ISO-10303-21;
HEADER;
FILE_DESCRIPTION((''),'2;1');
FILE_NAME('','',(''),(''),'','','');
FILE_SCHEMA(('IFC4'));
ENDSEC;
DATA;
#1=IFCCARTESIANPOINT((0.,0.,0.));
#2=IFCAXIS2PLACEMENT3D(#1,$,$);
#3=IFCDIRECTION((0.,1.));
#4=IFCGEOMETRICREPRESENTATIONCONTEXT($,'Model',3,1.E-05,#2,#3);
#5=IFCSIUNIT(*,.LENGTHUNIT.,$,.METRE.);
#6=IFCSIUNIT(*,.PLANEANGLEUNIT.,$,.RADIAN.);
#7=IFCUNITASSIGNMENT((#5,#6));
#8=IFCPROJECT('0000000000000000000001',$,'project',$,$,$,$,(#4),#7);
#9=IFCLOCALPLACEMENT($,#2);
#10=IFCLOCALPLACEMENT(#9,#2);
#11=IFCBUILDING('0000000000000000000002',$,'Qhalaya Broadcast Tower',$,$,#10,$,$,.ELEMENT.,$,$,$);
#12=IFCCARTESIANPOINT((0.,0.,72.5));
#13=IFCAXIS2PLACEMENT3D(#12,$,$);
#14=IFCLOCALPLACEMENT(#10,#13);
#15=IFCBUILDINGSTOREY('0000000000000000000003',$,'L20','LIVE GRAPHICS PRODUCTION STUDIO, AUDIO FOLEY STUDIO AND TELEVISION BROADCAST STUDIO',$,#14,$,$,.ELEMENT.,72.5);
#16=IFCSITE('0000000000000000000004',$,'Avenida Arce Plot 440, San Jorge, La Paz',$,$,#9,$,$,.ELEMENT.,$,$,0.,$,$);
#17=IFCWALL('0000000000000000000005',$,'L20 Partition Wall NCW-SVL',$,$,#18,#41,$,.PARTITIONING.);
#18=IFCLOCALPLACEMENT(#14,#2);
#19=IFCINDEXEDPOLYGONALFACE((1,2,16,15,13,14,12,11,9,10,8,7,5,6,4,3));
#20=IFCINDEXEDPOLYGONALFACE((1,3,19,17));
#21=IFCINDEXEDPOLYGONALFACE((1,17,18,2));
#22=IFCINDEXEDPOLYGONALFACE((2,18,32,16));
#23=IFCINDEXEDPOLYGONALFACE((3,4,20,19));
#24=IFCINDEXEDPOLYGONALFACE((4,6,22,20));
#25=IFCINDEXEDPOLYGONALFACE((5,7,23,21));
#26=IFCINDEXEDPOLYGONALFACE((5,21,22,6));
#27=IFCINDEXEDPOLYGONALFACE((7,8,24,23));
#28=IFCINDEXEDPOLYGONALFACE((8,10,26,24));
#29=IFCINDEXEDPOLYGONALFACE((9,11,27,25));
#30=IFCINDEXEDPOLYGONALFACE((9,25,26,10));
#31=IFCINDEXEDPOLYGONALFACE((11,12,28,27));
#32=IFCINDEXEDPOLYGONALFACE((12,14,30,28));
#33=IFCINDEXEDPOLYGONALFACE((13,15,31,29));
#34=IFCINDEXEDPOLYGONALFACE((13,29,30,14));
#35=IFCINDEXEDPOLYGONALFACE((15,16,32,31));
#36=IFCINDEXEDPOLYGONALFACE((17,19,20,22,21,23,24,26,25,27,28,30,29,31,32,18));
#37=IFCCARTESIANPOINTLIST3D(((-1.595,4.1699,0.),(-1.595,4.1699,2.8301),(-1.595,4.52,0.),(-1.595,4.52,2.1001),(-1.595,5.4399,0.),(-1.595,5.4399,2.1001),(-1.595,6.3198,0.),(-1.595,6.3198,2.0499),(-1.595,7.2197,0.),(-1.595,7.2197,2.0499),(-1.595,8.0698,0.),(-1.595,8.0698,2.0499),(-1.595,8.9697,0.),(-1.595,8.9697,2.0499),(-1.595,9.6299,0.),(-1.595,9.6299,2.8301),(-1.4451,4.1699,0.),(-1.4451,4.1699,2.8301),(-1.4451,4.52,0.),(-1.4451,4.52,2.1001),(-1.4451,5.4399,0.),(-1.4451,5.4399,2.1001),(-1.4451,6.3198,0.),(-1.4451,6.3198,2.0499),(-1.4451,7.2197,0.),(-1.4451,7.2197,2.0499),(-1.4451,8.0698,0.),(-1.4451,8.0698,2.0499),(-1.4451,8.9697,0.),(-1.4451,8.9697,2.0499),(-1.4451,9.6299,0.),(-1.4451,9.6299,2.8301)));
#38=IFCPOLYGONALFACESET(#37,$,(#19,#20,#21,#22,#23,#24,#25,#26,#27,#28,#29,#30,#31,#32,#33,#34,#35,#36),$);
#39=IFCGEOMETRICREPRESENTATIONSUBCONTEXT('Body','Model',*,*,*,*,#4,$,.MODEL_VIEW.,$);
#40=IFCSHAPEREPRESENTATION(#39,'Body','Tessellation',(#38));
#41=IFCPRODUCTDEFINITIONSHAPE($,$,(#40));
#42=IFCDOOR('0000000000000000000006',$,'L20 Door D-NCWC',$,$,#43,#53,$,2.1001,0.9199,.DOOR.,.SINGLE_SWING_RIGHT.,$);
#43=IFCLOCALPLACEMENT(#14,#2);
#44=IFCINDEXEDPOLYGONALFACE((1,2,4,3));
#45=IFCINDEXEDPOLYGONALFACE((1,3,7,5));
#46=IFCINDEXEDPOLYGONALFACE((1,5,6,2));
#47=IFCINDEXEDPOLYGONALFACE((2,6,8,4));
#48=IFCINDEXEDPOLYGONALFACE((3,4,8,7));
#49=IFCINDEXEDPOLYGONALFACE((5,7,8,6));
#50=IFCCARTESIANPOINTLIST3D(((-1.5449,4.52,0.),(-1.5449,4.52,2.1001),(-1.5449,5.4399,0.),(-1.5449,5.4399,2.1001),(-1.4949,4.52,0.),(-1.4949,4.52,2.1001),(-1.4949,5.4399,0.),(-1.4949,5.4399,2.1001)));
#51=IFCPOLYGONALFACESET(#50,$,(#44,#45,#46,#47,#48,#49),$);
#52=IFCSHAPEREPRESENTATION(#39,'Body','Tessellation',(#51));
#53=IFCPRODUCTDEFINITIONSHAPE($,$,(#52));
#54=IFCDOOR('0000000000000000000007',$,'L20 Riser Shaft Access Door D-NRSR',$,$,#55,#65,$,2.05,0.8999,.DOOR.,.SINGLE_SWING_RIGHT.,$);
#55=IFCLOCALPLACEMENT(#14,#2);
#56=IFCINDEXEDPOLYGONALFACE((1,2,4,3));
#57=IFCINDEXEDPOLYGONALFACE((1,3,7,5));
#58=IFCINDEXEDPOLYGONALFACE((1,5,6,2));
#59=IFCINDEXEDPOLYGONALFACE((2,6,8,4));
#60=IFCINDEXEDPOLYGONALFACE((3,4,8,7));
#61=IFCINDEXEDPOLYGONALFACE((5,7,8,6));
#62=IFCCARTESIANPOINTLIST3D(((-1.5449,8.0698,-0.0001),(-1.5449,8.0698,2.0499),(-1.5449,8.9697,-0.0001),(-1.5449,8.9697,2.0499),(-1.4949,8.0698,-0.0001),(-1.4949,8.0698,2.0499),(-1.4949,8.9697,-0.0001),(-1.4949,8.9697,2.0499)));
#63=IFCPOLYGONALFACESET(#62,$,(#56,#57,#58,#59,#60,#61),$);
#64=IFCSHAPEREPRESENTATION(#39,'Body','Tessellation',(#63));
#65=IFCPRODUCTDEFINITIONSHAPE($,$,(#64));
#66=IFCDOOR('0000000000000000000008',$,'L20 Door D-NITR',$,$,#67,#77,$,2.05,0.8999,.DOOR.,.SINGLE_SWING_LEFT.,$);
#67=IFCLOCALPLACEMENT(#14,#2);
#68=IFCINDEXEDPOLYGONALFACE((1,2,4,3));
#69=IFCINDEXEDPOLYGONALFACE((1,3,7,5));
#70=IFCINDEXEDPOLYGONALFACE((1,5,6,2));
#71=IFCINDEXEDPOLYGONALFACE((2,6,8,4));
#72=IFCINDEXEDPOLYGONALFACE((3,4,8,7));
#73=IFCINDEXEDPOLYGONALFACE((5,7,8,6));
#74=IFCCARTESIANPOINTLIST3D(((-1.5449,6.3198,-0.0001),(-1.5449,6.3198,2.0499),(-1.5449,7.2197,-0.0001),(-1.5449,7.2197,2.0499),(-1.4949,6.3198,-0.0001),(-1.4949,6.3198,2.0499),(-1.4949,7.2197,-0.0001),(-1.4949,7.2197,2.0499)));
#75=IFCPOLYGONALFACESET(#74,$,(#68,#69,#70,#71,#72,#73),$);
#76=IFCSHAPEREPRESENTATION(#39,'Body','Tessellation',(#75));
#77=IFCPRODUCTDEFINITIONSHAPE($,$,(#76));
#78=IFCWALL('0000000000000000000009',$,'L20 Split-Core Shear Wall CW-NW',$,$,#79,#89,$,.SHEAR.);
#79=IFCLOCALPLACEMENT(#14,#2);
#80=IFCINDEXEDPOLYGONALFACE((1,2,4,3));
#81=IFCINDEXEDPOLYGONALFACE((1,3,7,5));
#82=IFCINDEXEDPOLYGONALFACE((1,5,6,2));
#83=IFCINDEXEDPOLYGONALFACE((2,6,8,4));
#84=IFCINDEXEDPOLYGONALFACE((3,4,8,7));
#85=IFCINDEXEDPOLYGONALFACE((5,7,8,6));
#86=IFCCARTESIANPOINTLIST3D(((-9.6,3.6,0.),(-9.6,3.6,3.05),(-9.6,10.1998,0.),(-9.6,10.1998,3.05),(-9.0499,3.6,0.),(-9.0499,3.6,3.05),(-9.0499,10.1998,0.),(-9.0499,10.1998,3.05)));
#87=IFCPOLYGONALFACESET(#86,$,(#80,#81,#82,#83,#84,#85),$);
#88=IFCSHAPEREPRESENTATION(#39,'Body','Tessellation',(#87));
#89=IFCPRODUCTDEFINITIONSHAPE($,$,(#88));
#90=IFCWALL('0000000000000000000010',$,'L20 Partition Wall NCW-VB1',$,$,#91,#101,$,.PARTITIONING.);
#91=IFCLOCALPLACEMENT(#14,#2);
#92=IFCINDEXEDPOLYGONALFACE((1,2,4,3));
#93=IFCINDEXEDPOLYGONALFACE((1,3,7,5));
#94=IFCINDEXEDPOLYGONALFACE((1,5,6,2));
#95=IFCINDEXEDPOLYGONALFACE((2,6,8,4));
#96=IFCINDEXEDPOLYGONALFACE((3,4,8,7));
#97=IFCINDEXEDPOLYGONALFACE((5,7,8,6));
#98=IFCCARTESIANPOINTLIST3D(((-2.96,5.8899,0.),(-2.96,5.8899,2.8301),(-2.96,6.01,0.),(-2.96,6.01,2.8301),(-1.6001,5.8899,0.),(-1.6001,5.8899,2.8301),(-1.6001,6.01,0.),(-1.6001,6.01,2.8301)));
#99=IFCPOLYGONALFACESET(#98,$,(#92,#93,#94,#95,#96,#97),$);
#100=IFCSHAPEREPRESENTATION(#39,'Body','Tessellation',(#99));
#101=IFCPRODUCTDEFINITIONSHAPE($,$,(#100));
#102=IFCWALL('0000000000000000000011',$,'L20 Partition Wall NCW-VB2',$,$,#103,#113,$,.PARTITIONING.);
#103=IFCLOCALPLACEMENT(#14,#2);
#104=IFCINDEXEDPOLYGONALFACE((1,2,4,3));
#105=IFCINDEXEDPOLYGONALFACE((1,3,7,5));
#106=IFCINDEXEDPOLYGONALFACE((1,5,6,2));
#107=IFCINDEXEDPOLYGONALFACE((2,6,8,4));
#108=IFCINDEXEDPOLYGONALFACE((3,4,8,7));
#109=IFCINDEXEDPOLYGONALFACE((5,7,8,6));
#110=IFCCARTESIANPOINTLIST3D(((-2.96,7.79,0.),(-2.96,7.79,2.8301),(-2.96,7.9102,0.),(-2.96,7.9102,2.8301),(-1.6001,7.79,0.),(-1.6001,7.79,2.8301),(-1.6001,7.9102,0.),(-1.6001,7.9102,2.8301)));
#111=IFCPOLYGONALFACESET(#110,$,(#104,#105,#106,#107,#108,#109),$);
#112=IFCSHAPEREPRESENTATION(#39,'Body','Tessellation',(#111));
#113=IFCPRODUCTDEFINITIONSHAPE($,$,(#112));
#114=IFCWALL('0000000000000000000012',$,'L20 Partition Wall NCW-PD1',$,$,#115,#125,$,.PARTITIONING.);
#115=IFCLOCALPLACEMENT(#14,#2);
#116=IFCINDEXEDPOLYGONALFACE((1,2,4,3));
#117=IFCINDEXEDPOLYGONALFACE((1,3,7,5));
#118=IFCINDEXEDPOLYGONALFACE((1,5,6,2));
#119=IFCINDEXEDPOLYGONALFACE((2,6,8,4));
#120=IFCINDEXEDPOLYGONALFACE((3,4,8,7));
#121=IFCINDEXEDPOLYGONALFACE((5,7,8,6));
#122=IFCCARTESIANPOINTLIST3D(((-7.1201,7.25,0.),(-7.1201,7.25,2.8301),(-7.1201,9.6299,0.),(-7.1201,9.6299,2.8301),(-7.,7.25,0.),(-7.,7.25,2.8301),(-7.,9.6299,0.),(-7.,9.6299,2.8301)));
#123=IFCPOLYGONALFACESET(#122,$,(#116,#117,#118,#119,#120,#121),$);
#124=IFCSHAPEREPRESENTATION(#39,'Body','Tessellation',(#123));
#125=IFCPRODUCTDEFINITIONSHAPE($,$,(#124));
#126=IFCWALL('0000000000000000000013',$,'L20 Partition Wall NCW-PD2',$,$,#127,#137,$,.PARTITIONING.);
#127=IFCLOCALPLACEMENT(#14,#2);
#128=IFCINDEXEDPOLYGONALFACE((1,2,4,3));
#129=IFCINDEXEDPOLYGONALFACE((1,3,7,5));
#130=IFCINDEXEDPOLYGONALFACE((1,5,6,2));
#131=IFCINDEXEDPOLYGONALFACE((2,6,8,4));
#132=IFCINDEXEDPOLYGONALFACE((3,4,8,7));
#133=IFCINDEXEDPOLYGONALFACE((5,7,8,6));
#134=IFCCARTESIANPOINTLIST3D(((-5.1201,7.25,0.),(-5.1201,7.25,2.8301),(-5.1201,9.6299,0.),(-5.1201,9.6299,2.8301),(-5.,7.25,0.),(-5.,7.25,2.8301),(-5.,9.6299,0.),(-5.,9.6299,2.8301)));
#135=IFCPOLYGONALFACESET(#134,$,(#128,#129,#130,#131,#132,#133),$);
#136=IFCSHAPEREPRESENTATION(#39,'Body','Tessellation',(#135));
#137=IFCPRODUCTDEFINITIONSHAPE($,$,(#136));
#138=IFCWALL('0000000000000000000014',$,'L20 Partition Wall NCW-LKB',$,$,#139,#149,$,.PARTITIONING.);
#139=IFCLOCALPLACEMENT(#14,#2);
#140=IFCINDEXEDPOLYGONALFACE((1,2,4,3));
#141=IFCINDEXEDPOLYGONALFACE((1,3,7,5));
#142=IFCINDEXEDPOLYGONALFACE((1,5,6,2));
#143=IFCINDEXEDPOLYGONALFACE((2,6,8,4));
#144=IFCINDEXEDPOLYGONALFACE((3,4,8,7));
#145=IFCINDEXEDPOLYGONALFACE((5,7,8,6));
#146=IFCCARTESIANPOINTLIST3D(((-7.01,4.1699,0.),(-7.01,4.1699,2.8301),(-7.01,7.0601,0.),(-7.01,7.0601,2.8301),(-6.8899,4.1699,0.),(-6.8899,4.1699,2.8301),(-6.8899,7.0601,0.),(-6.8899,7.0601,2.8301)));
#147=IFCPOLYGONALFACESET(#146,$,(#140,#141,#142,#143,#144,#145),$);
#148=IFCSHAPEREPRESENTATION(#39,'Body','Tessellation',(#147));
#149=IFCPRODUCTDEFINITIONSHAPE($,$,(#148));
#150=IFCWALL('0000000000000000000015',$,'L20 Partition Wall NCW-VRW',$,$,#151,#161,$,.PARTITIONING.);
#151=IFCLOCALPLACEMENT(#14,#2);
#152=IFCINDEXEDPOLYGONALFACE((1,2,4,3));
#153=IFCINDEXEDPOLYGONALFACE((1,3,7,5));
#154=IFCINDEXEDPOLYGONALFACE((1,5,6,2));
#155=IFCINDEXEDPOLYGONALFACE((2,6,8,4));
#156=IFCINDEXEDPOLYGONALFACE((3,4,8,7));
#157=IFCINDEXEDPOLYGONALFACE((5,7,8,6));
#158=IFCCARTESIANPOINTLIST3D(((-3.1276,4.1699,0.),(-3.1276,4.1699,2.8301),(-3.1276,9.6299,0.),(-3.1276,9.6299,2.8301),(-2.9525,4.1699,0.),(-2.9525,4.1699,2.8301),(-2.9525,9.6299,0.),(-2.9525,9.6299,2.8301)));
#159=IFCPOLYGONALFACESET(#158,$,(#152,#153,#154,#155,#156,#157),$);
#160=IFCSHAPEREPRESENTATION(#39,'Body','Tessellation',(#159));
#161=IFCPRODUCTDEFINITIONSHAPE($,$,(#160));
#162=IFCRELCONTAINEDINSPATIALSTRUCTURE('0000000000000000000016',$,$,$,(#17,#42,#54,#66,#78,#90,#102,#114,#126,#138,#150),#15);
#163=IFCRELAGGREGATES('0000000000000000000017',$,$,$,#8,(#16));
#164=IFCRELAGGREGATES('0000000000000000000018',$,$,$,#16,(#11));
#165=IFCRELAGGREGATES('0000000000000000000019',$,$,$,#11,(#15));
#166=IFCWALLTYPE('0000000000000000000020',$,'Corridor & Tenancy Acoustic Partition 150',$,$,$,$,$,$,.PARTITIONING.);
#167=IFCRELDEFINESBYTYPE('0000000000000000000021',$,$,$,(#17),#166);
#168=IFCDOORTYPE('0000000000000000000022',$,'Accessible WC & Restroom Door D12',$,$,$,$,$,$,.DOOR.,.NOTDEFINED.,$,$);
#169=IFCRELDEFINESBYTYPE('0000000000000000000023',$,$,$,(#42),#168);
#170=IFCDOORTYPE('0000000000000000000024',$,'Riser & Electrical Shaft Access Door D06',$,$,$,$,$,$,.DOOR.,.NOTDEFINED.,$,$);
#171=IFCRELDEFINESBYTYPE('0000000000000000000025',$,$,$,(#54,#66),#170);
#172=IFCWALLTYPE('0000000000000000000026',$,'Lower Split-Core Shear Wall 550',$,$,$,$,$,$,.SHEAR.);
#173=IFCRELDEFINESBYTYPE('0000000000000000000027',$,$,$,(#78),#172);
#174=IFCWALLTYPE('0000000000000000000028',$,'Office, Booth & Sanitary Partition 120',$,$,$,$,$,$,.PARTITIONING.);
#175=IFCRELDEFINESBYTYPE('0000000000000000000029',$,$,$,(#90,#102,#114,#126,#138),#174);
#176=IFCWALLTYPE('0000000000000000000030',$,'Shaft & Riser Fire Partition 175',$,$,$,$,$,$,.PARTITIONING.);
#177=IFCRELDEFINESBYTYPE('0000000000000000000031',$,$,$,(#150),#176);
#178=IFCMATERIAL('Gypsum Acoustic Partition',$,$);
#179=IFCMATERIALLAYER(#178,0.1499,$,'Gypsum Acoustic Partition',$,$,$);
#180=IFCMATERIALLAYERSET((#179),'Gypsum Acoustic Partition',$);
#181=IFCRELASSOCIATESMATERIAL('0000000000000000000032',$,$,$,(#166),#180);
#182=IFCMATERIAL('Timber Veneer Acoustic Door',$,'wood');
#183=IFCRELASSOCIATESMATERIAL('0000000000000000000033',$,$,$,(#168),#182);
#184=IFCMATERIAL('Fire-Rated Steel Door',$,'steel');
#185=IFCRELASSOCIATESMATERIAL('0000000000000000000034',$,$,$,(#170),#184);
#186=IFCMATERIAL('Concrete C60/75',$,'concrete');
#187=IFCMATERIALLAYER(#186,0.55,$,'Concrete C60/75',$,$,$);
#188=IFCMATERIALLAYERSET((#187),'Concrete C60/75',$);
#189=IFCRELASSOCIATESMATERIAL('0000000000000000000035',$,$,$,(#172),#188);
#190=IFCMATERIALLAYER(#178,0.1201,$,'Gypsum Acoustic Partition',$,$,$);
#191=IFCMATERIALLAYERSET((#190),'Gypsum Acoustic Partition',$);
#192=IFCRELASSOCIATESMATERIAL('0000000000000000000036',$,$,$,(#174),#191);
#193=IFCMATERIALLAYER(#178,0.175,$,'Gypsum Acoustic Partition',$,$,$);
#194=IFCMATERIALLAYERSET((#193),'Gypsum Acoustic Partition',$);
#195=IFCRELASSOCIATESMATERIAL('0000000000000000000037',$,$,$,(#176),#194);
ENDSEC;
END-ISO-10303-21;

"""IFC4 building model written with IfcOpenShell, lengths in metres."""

from ifc_helpers import new_model, si_unit, direction, frame, frame_2d, origin, place, context, subcontext, project, spatial, rectangle, extrude, material, layer, layer_set, type_object, element, fill, save


model = new_model("IFC4")

# Units and contexts
model_context = context("Model", 3, precision=1e-05, world=origin(), true_north=direction((0.0, 1.0)))
body_context = subcontext(model_context, "Body", "Model", "MODEL_VIEW")
ifc_project = project(units=[si_unit("LENGTHUNIT", "METRE"), si_unit("PLANEANGLEUNIT", "RADIAN")], contexts=[model_context])

# Site, building, storey
site_placement = place(None, origin())
site = spatial("IfcSite", under=ifc_project, at=site_placement, Name="Avenida Arce Plot 440, San Jorge, La Paz", CompositionType="ELEMENT", RefElevation=0.0)
building_placement = place(site_placement, origin())
building = spatial("IfcBuilding", under=site, at=building_placement, Name="Qhalaya Broadcast Tower", CompositionType="ELEMENT")
storey_placement = place(building_placement, frame((0.0, 0.0, 72.5)))
storey = spatial("IfcBuildingStorey", under=building, at=storey_placement, Name="L20", Description="LIVE GRAPHICS PRODUCTION STUDIO, AUDIO FOLEY STUDIO AND TELEVISION BROADCAST STUDIO", CompositionType="ELEMENT", Elevation=72.5)

# Wall, openings, doors
ifc_material_1 = material(Name="Gypsum Acoustic Partition")
ifc_layer_1 = layer(ifc_material_1, 0.1499, Name="Gypsum Acoustic Partition")
ifc_layer_set_1 = layer_set([ifc_layer_1], Name="Gypsum Acoustic Partition")
wall_type_1 = type_object("IfcWallType", Name="Corridor & Tenancy Acoustic Partition 150", PredefinedType="PARTITIONING", material=ifc_layer_set_1)
wall_1_placement = place(storey_placement, frame((-1.52, 4.1699, 0.0), z_axis=(0.0, 0.0, 1.0), x_axis=(0.0, 1.0, 0.0)))
wall_1 = element("IfcWall", 1, at=wall_1_placement, inside=storey, type_object=wall_type_1, Name="L20 Partition Wall NCW-SVL", PredefinedType="PARTITIONING", context=body_context, shape_type="SweptSolid", body=[
    extrude(rectangle(XDim=5.46, YDim=0.1499, at=frame_2d((2.73, 0.0))), origin(), (0.0, 0.0, 1.0), 2.8301),
])
opening_1_placement = place(wall_1_placement, frame((3.8999, 0.0, 0.0)))
opening_1 = element("IfcOpeningElement", 2, at=opening_1_placement, cuts=wall_1, PredefinedType="OPENING", context=body_context, shape_type="SweptSolid", body=[
    extrude(rectangle(XDim=0.8999, YDim=2.05, at=frame_2d((0.45, 1.0249))), frame((0.0, 0.0869, 0.0), z_axis=(0.0, -1.0, 0.0), x_axis=(1.0, 0.0, 0.0)), (0.0, 0.0, 1.0), 0.1738),
])
opening_2_placement = place(wall_1_placement, frame((2.1499, 0.0, 0.0)))
opening_2 = element("IfcOpeningElement", 3, at=opening_2_placement, cuts=wall_1, PredefinedType="OPENING", context=body_context, shape_type="SweptSolid", body=[
    extrude(rectangle(XDim=0.8999, YDim=2.05, at=frame_2d((0.45, 1.0249))), frame((0.0, 0.0869, 0.0), z_axis=(0.0, -1.0, 0.0), x_axis=(1.0, 0.0, 0.0)), (0.0, 0.0, 1.0), 0.1738),
])
opening_3_placement = place(wall_1_placement, frame((0.3501, 0.0, 0.0)))
opening_3 = element("IfcOpeningElement", 4, at=opening_3_placement, cuts=wall_1, PredefinedType="OPENING", context=body_context, shape_type="SweptSolid", body=[
    extrude(rectangle(XDim=0.9199, YDim=2.1001, at=frame_2d((0.46, 1.05))), frame((0.0, 0.0869, 0.0), z_axis=(0.0, -1.0, 0.0), x_axis=(1.0, 0.0, 0.0)), (0.0, 0.0, 1.0), 0.1738),
])
ifc_material_2 = material(Name="Timber Veneer Acoustic Door", Category="wood")
door_type_1 = type_object("IfcDoorType", Name="Accessible WC & Restroom Door D12", OperationType="NOTDEFINED", PredefinedType="DOOR", material=ifc_material_2)
door_1_placement = place(opening_3_placement, origin())
door_1 = element("IfcDoor", 5, at=door_1_placement, inside=storey, type_object=door_type_1, Name="L20 Door D-NCWC", OperationType="SINGLE_SWING_RIGHT", OverallHeight=2.1001, OverallWidth=0.9199, PredefinedType="DOOR", context=body_context, shape_type="SweptSolid", body=[
    extrude(rectangle(XDim=0.9199, YDim=2.1001, at=frame_2d((0.46, 1.05))), frame((0.0, 0.0249, 0.0), z_axis=(0.0, -1.0, 0.0), x_axis=(1.0, 0.0, 0.0)), (0.0, 0.0, 1.0), 0.05),
])
fill(opening_3, door_1)
ifc_material_3 = material(Name="Fire-Rated Steel Door", Category="steel")
door_type_2 = type_object("IfcDoorType", Name="Riser & Electrical Shaft Access Door D06", OperationType="NOTDEFINED", PredefinedType="DOOR", material=ifc_material_3)
door_2_placement = place(opening_1_placement, origin())
door_2 = element("IfcDoor", 6, at=door_2_placement, inside=storey, type_object=door_type_2, Name="L20 Riser Shaft Access Door D-NRSR", OperationType="SINGLE_SWING_RIGHT", OverallHeight=2.05, OverallWidth=0.8999, PredefinedType="DOOR", context=body_context, shape_type="SweptSolid", body=[
    extrude(rectangle(XDim=0.8999, YDim=2.05, at=frame_2d((0.45, 1.0249))), frame((0.0, 0.0249, 0.0), z_axis=(0.0, -1.0, 0.0), x_axis=(1.0, 0.0, 0.0)), (0.0, 0.0, 1.0), 0.05),
])
fill(opening_1, door_2)
door_3_placement = place(opening_2_placement, origin())
door_3 = element("IfcDoor", 7, at=door_3_placement, inside=storey, type_object=door_type_2, Name="L20 Door D-NITR", OperationType="SINGLE_SWING_LEFT", OverallHeight=2.05, OverallWidth=0.8999, PredefinedType="DOOR", context=body_context, shape_type="SweptSolid", body=[
    extrude(rectangle(XDim=0.8999, YDim=2.05, at=frame_2d((0.45, 1.0249))), frame((0.0, 0.0249, 0.0), z_axis=(0.0, -1.0, 0.0), x_axis=(1.0, 0.0, 0.0)), (0.0, 0.0, 1.0), 0.05),
])
fill(opening_2, door_3)

# Walls
ifc_material_4 = material(Name="Concrete C60/75", Category="concrete")
ifc_layer_2 = layer(ifc_material_4, 0.55, Name="Concrete C60/75")
ifc_layer_set_2 = layer_set([ifc_layer_2], Name="Concrete C60/75")
wall_type_2 = type_object("IfcWallType", Name="Lower Split-Core Shear Wall 550", PredefinedType="SHEAR", material=ifc_layer_set_2)
wall_2_placement = place(storey_placement, frame((-9.325, 3.6001, 0.0), z_axis=(0.0, 0.0, 1.0), x_axis=(0.0, 1.0, 0.0)))
element("IfcWall", 8, at=wall_2_placement, inside=storey, type_object=wall_type_2, Name="L20 Split-Core Shear Wall CW-NW", PredefinedType="SHEAR", context=body_context, shape_type="SweptSolid", body=[
    extrude(rectangle(XDim=6.5999, YDim=0.55, at=frame_2d((3.2998, 0.0))), origin(), (0.0, 0.0, 1.0), 3.05),
])
ifc_layer_3 = layer(ifc_material_1, 0.1201, Name="Gypsum Acoustic Partition")
ifc_layer_set_3 = layer_set([ifc_layer_3], Name="Gypsum Acoustic Partition")
wall_type_3 = type_object("IfcWallType", Name="Office, Booth & Sanitary Partition 120", PredefinedType="PARTITIONING", material=ifc_layer_set_3)
for number, where, z_axis, x_axis, name in (
    (9, (-2.96, 5.95, 0.0), (0.0, 0.0, 1.0), (1.0, 0.0, 0.0), "L20 Partition Wall NCW-VB1"),
    (10, (-2.96, 7.8501, 0.0), (0.0, 0.0, 1.0), (1.0, 0.0, 0.0), "L20 Partition Wall NCW-VB2"),
):
    element("IfcWall", number, at=place(storey_placement, frame(where, z_axis=z_axis, x_axis=x_axis)), inside=storey, type_object=wall_type_3, Name=name, PredefinedType="PARTITIONING", context=body_context, shape_type="SweptSolid", body=[
        extrude(rectangle(XDim=1.3599, YDim=0.1201, at=frame_2d((0.6799, 0.0))), origin(), (0.0, 0.0, 1.0), 2.8301),
    ])
for number, where, z_axis, x_axis, name in (
    (11, (-7.0601, 7.25, 0.0), (0.0, 0.0, 1.0), (0.0, 1.0, 0.0), "L20 Partition Wall NCW-PD1"),
    (12, (-5.0601, 7.25, 0.0), (0.0, 0.0, 1.0), (0.0, 1.0, 0.0), "L20 Partition Wall NCW-PD2"),
):
    element("IfcWall", number, at=place(storey_placement, frame(where, z_axis=z_axis, x_axis=x_axis)), inside=storey, type_object=wall_type_3, Name=name, PredefinedType="PARTITIONING", context=body_context, shape_type="SweptSolid", body=[
        extrude(rectangle(XDim=2.3799, YDim=0.1201, at=frame_2d((1.1899, 0.0))), origin(), (0.0, 0.0, 1.0), 2.8301),
    ])
wall_3_placement = place(storey_placement, frame((-6.95, 4.1699, 0.0), z_axis=(0.0, 0.0, 1.0), x_axis=(0.0, 1.0, 0.0)))
element("IfcWall", 13, at=wall_3_placement, inside=storey, type_object=wall_type_3, Name="L20 Partition Wall NCW-LKB", PredefinedType="PARTITIONING", context=body_context, shape_type="SweptSolid", body=[
    extrude(rectangle(XDim=2.8901, YDim=0.1201, at=frame_2d((1.4451, 0.0))), origin(), (0.0, 0.0, 1.0), 2.8301),
])
ifc_layer_4 = layer(ifc_material_1, 0.175, Name="Gypsum Acoustic Partition")
ifc_layer_set_4 = layer_set([ifc_layer_4], Name="Gypsum Acoustic Partition")
wall_type_4 = type_object("IfcWallType", Name="Shaft & Riser Fire Partition 175", PredefinedType="PARTITIONING", material=ifc_layer_set_4)
wall_4_placement = place(storey_placement, frame((-3.04, 4.1699, 0.0), z_axis=(0.0, 0.0, 1.0), x_axis=(0.0, 1.0, 0.0)))
element("IfcWall", 14, at=wall_4_placement, inside=storey, type_object=wall_type_4, Name="L20 Partition Wall NCW-VRW", PredefinedType="PARTITIONING", context=body_context, shape_type="SweptSolid", body=[
    extrude(rectangle(XDim=5.46, YDim=0.175, at=frame_2d((2.73, 0.0))), origin(), (0.0, 0.0, 1.0), 2.8301),
])

save(model, "model.ifc")
